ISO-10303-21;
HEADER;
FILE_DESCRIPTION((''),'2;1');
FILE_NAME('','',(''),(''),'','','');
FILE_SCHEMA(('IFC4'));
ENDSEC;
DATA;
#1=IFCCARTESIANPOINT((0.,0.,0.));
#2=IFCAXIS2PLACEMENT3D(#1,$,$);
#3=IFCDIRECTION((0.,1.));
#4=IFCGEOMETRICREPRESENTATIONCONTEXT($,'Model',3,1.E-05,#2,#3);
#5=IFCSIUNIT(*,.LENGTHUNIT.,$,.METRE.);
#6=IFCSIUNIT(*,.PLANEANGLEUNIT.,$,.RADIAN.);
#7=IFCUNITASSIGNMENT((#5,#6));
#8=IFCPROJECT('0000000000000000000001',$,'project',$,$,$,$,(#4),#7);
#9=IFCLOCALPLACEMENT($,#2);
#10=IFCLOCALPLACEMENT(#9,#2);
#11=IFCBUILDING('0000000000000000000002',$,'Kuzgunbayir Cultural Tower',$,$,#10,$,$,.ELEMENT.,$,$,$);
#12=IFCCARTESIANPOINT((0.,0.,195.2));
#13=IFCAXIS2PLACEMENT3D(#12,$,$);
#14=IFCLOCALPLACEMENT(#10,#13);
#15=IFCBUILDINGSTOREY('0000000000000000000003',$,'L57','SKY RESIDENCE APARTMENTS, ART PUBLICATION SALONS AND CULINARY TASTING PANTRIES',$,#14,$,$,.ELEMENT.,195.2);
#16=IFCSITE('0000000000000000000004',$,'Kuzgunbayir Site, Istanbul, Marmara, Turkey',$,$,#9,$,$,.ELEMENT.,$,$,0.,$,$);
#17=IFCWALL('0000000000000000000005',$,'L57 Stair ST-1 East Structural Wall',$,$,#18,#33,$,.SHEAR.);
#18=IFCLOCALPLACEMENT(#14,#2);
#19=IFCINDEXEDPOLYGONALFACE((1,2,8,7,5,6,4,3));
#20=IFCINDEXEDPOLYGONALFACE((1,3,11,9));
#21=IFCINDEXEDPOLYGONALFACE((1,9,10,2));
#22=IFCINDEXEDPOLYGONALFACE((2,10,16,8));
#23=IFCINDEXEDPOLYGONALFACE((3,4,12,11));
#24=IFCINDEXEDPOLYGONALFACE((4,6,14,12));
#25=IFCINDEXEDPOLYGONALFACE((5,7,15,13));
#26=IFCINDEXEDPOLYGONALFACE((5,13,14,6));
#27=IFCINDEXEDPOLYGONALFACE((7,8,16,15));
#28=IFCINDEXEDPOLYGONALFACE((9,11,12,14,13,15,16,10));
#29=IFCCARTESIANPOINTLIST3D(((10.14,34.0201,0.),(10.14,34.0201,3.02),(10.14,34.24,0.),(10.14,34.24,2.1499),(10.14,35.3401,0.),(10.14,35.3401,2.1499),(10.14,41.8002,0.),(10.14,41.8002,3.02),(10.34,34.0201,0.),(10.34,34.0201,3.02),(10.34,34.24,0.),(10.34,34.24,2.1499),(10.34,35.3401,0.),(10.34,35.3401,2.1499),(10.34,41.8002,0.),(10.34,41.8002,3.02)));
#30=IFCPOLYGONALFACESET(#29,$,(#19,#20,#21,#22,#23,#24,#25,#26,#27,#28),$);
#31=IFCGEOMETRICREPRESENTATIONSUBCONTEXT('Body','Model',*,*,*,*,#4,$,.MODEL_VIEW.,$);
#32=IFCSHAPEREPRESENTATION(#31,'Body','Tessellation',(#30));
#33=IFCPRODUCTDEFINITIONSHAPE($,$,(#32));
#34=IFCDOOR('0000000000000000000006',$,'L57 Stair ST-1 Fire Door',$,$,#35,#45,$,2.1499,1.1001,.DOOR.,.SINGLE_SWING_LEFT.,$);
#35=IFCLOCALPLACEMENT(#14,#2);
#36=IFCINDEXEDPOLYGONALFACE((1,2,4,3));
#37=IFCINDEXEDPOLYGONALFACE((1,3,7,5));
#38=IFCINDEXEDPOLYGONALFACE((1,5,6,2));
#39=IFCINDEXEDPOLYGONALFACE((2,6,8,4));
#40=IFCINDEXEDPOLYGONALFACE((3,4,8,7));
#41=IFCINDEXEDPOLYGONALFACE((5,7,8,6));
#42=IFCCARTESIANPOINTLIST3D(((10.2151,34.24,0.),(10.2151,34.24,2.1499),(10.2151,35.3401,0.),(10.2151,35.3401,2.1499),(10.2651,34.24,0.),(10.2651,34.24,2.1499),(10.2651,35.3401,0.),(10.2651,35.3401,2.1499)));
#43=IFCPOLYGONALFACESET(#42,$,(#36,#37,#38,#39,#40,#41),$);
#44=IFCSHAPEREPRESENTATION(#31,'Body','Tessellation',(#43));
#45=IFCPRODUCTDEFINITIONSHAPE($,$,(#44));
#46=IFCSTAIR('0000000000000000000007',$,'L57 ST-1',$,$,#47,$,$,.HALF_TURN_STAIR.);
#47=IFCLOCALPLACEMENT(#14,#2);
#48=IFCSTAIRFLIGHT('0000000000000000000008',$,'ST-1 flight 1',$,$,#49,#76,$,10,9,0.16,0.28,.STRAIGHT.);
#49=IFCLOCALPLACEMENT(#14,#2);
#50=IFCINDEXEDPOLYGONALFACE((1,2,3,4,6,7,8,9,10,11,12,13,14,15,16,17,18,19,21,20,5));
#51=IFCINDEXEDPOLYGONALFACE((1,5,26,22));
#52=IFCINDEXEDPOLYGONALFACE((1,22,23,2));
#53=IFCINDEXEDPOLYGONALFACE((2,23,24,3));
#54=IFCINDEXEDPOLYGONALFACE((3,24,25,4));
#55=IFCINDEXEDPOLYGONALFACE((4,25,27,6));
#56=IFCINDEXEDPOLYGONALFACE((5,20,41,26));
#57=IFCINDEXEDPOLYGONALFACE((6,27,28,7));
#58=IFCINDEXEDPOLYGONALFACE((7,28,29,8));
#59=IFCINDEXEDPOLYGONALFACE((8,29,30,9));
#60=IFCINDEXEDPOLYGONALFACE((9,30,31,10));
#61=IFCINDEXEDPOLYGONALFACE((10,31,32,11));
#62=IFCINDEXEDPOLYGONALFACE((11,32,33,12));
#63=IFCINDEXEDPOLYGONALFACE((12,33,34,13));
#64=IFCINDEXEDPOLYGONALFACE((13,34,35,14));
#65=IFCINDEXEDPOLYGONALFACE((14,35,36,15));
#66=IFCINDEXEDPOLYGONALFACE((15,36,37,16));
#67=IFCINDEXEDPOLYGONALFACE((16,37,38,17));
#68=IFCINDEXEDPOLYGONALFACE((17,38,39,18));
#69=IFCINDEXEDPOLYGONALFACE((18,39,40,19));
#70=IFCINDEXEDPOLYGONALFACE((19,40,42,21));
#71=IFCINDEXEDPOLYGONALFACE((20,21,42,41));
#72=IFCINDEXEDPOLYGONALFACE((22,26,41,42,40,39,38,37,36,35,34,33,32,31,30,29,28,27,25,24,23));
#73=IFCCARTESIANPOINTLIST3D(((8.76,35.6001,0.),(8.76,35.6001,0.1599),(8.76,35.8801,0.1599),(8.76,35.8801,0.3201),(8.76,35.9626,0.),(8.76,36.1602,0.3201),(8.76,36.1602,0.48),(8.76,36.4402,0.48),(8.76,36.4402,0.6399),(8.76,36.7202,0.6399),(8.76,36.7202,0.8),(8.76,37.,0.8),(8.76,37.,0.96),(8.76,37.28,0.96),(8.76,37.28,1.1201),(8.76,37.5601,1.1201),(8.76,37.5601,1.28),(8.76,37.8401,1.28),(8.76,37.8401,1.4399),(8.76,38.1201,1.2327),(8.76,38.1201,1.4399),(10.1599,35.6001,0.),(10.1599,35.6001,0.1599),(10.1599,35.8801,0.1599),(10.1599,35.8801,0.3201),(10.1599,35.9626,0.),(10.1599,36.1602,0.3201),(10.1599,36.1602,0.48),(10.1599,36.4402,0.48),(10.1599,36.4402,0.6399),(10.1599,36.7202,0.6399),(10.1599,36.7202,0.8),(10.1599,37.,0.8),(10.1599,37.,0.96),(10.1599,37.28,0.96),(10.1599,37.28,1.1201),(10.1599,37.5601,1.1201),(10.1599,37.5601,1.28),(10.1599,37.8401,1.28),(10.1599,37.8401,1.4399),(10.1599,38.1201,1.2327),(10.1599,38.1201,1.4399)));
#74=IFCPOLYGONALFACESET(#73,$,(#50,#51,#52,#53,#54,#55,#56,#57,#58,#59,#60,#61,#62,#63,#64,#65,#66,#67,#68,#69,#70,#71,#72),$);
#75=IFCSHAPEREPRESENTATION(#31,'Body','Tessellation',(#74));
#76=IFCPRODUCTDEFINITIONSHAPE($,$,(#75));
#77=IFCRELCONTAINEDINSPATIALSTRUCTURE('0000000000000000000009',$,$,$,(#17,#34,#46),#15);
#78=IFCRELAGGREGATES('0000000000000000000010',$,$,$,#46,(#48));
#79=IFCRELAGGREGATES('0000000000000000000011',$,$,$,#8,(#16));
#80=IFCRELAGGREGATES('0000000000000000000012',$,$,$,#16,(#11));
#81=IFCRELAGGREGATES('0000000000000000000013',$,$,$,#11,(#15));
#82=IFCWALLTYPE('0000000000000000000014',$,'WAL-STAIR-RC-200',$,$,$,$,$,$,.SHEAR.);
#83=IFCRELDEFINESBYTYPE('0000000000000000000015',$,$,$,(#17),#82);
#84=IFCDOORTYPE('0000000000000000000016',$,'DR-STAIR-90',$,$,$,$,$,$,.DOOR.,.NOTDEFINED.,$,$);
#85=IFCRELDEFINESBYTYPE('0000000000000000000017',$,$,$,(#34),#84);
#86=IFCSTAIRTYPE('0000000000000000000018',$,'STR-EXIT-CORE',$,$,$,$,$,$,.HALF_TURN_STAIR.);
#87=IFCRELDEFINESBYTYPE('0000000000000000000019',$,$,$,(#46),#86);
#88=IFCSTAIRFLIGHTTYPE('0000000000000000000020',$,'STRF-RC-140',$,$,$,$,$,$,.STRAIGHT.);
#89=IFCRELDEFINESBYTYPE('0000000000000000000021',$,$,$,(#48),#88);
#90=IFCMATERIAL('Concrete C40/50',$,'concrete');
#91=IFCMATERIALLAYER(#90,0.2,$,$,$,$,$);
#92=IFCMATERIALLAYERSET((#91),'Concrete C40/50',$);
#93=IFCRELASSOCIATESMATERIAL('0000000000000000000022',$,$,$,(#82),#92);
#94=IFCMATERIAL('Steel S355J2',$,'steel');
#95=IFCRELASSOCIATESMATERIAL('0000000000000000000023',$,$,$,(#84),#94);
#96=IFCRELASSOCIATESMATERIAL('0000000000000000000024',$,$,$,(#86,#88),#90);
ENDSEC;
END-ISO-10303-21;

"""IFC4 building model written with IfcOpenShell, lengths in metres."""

from ifc_helpers import new_model, si_unit, direction, frame, frame_2d, origin, place, context, subcontext, project, spatial, polyline, rectangle, outline, extrude, material, layer, layer_set, type_object, element, fill, aggregate, save


model = new_model("IFC4")

# Units and contexts
model_context = context("Model", 3, precision=1e-05, world=origin(), true_north=direction((0.0, 1.0)))
body_context = subcontext(model_context, "Body", "Model", "MODEL_VIEW")
ifc_project = project(units=[si_unit("LENGTHUNIT", "METRE"), si_unit("PLANEANGLEUNIT", "RADIAN")], contexts=[model_context])

# Site, building, storey
site_placement = place(None, origin())
site = spatial("IfcSite", under=ifc_project, at=site_placement, Name="Kuzgunbayir Site, Istanbul, Marmara, Turkey", CompositionType="ELEMENT", RefElevation=0.0)
building_placement = place(site_placement, origin())
building = spatial("IfcBuilding", under=site, at=building_placement, Name="Kuzgunbayir Cultural Tower", CompositionType="ELEMENT")
storey_placement = place(building_placement, frame((0.0, 0.0, 195.2)))
storey = spatial("IfcBuildingStorey", under=building, at=storey_placement, Name="L57", Description="SKY RESIDENCE APARTMENTS, ART PUBLICATION SALONS AND CULINARY TASTING PANTRIES", CompositionType="ELEMENT", Elevation=195.2)

# Shared definitions
ifc_material_1 = material(Name="Steel S355J2", Category="steel")

# Shared definitions
ifc_material_2 = material(Name="Concrete C40/50", Category="concrete")

# Wall, opening, door
ifc_layer_1 = layer(ifc_material_2, 0.2)
ifc_layer_set_1 = layer_set([ifc_layer_1], Name="Concrete C40/50")
wall_type_1 = type_object("IfcWallType", Name="WAL-STAIR-RC-200", PredefinedType="SHEAR", material=ifc_layer_set_1)
wall_1_placement = place(storey_placement, frame((10.24, 34.02, 0.0), z_axis=(0.0, 0.0, 1.0), x_axis=(0.0, 1.0, 0.0)))
wall_1 = element("IfcWall", 1, at=wall_1_placement, inside=storey, type_object=wall_type_1, Name="L57 Stair ST-1 East Structural Wall", PredefinedType="SHEAR", context=body_context, shape_type="SweptSolid", body=[
    extrude(rectangle(XDim=7.78, YDim=0.2, at=frame_2d((3.8901, 0.0))), origin(), (0.0, 0.0, 1.0), 3.02),
])
opening_1_placement = place(wall_1_placement, frame((0.22, 0.0, 0.0)))
opening_1 = element("IfcOpeningElement", 2, at=opening_1_placement, cuts=wall_1, PredefinedType="OPENING", context=body_context, shape_type="SweptSolid", body=[
    extrude(rectangle(XDim=1.1001, YDim=2.1499, at=frame_2d((0.55, 1.075))), frame((0.0, 0.1099, 0.0), z_axis=(0.0, -1.0, 0.0), x_axis=(1.0, 0.0, 0.0)), (0.0, 0.0, 1.0), 0.22),
])
door_type_1 = type_object("IfcDoorType", Name="DR-STAIR-90", OperationType="NOTDEFINED", PredefinedType="DOOR", material=ifc_material_1)
door_1_placement = place(opening_1_placement, origin())
door_1 = element("IfcDoor", 3, at=door_1_placement, inside=storey, type_object=door_type_1, Name="L57 Stair ST-1 Fire Door", OperationType="SINGLE_SWING_LEFT", OverallHeight=2.1499, OverallWidth=1.1001, PredefinedType="DOOR", context=body_context, shape_type="SweptSolid", body=[
    extrude(rectangle(XDim=1.1001, YDim=2.1499, at=frame_2d((0.55, 1.075))), frame((0.0, 0.0249, 0.0), z_axis=(0.0, -1.0, 0.0), x_axis=(1.0, 0.0, 0.0)), (0.0, 0.0, 1.0), 0.05),
])
fill(opening_1, door_1)

# Stair, stair flight
stair_type = type_object("IfcStairType", Name="STR-EXIT-CORE", PredefinedType="HALF_TURN_STAIR", material=ifc_material_2)
stair_placement = place(storey_placement, origin())
stair = element("IfcStair", 4, at=stair_placement, inside=storey, type_object=stair_type, Name="L57 ST-1", PredefinedType="HALF_TURN_STAIR")
stair_flight_type = type_object("IfcStairFlightType", Name="STRF-RC-140", PredefinedType="STRAIGHT", material=ifc_material_2)
stair_flight_placement = place(storey_placement, frame((9.46, 35.6001, 0.0), z_axis=(0.0, 0.0, 1.0), x_axis=(0.0, 1.0, 0.0)))
stair_flight = element("IfcStairFlight", 5, at=stair_flight_placement, type_object=stair_flight_type, Name="ST-1 flight 1", NumberOfRisers=10, NumberOfTreads=9, PredefinedType="STRAIGHT", RiserHeight=0.16, TreadLength=0.28, context=body_context, shape_type="SweptSolid", body=[
    extrude(outline(polyline([(0.0, 0.0), (0.0, 0.1599), (0.28, 0.1599), (0.28, 0.3201), (0.5601, 0.3201), (0.5601, 0.48), (0.8401, 0.48), (0.8401, 0.6399), (1.1201, 0.6399), (1.1201, 0.8), (1.3999, 0.8), (1.3999, 0.96), (1.6799, 0.96), (1.6799, 1.1201), (1.96, 1.1201), (1.96, 1.28), (2.24, 1.28), (2.24, 1.4399), (2.52, 1.4399), (2.52, 1.6001), (2.52, 1.2327), (0.3625, 0.0), (0.0, 0.0)])), frame((0.0, 0.7, 0.0), z_axis=(0.0, -1.0, 0.0), x_axis=(1.0, 0.0, 0.0)), (0.0, 0.0, 1.0), 1.3999),
])
aggregate(stair, [stair_flight])

save(model, "model.ifc")
